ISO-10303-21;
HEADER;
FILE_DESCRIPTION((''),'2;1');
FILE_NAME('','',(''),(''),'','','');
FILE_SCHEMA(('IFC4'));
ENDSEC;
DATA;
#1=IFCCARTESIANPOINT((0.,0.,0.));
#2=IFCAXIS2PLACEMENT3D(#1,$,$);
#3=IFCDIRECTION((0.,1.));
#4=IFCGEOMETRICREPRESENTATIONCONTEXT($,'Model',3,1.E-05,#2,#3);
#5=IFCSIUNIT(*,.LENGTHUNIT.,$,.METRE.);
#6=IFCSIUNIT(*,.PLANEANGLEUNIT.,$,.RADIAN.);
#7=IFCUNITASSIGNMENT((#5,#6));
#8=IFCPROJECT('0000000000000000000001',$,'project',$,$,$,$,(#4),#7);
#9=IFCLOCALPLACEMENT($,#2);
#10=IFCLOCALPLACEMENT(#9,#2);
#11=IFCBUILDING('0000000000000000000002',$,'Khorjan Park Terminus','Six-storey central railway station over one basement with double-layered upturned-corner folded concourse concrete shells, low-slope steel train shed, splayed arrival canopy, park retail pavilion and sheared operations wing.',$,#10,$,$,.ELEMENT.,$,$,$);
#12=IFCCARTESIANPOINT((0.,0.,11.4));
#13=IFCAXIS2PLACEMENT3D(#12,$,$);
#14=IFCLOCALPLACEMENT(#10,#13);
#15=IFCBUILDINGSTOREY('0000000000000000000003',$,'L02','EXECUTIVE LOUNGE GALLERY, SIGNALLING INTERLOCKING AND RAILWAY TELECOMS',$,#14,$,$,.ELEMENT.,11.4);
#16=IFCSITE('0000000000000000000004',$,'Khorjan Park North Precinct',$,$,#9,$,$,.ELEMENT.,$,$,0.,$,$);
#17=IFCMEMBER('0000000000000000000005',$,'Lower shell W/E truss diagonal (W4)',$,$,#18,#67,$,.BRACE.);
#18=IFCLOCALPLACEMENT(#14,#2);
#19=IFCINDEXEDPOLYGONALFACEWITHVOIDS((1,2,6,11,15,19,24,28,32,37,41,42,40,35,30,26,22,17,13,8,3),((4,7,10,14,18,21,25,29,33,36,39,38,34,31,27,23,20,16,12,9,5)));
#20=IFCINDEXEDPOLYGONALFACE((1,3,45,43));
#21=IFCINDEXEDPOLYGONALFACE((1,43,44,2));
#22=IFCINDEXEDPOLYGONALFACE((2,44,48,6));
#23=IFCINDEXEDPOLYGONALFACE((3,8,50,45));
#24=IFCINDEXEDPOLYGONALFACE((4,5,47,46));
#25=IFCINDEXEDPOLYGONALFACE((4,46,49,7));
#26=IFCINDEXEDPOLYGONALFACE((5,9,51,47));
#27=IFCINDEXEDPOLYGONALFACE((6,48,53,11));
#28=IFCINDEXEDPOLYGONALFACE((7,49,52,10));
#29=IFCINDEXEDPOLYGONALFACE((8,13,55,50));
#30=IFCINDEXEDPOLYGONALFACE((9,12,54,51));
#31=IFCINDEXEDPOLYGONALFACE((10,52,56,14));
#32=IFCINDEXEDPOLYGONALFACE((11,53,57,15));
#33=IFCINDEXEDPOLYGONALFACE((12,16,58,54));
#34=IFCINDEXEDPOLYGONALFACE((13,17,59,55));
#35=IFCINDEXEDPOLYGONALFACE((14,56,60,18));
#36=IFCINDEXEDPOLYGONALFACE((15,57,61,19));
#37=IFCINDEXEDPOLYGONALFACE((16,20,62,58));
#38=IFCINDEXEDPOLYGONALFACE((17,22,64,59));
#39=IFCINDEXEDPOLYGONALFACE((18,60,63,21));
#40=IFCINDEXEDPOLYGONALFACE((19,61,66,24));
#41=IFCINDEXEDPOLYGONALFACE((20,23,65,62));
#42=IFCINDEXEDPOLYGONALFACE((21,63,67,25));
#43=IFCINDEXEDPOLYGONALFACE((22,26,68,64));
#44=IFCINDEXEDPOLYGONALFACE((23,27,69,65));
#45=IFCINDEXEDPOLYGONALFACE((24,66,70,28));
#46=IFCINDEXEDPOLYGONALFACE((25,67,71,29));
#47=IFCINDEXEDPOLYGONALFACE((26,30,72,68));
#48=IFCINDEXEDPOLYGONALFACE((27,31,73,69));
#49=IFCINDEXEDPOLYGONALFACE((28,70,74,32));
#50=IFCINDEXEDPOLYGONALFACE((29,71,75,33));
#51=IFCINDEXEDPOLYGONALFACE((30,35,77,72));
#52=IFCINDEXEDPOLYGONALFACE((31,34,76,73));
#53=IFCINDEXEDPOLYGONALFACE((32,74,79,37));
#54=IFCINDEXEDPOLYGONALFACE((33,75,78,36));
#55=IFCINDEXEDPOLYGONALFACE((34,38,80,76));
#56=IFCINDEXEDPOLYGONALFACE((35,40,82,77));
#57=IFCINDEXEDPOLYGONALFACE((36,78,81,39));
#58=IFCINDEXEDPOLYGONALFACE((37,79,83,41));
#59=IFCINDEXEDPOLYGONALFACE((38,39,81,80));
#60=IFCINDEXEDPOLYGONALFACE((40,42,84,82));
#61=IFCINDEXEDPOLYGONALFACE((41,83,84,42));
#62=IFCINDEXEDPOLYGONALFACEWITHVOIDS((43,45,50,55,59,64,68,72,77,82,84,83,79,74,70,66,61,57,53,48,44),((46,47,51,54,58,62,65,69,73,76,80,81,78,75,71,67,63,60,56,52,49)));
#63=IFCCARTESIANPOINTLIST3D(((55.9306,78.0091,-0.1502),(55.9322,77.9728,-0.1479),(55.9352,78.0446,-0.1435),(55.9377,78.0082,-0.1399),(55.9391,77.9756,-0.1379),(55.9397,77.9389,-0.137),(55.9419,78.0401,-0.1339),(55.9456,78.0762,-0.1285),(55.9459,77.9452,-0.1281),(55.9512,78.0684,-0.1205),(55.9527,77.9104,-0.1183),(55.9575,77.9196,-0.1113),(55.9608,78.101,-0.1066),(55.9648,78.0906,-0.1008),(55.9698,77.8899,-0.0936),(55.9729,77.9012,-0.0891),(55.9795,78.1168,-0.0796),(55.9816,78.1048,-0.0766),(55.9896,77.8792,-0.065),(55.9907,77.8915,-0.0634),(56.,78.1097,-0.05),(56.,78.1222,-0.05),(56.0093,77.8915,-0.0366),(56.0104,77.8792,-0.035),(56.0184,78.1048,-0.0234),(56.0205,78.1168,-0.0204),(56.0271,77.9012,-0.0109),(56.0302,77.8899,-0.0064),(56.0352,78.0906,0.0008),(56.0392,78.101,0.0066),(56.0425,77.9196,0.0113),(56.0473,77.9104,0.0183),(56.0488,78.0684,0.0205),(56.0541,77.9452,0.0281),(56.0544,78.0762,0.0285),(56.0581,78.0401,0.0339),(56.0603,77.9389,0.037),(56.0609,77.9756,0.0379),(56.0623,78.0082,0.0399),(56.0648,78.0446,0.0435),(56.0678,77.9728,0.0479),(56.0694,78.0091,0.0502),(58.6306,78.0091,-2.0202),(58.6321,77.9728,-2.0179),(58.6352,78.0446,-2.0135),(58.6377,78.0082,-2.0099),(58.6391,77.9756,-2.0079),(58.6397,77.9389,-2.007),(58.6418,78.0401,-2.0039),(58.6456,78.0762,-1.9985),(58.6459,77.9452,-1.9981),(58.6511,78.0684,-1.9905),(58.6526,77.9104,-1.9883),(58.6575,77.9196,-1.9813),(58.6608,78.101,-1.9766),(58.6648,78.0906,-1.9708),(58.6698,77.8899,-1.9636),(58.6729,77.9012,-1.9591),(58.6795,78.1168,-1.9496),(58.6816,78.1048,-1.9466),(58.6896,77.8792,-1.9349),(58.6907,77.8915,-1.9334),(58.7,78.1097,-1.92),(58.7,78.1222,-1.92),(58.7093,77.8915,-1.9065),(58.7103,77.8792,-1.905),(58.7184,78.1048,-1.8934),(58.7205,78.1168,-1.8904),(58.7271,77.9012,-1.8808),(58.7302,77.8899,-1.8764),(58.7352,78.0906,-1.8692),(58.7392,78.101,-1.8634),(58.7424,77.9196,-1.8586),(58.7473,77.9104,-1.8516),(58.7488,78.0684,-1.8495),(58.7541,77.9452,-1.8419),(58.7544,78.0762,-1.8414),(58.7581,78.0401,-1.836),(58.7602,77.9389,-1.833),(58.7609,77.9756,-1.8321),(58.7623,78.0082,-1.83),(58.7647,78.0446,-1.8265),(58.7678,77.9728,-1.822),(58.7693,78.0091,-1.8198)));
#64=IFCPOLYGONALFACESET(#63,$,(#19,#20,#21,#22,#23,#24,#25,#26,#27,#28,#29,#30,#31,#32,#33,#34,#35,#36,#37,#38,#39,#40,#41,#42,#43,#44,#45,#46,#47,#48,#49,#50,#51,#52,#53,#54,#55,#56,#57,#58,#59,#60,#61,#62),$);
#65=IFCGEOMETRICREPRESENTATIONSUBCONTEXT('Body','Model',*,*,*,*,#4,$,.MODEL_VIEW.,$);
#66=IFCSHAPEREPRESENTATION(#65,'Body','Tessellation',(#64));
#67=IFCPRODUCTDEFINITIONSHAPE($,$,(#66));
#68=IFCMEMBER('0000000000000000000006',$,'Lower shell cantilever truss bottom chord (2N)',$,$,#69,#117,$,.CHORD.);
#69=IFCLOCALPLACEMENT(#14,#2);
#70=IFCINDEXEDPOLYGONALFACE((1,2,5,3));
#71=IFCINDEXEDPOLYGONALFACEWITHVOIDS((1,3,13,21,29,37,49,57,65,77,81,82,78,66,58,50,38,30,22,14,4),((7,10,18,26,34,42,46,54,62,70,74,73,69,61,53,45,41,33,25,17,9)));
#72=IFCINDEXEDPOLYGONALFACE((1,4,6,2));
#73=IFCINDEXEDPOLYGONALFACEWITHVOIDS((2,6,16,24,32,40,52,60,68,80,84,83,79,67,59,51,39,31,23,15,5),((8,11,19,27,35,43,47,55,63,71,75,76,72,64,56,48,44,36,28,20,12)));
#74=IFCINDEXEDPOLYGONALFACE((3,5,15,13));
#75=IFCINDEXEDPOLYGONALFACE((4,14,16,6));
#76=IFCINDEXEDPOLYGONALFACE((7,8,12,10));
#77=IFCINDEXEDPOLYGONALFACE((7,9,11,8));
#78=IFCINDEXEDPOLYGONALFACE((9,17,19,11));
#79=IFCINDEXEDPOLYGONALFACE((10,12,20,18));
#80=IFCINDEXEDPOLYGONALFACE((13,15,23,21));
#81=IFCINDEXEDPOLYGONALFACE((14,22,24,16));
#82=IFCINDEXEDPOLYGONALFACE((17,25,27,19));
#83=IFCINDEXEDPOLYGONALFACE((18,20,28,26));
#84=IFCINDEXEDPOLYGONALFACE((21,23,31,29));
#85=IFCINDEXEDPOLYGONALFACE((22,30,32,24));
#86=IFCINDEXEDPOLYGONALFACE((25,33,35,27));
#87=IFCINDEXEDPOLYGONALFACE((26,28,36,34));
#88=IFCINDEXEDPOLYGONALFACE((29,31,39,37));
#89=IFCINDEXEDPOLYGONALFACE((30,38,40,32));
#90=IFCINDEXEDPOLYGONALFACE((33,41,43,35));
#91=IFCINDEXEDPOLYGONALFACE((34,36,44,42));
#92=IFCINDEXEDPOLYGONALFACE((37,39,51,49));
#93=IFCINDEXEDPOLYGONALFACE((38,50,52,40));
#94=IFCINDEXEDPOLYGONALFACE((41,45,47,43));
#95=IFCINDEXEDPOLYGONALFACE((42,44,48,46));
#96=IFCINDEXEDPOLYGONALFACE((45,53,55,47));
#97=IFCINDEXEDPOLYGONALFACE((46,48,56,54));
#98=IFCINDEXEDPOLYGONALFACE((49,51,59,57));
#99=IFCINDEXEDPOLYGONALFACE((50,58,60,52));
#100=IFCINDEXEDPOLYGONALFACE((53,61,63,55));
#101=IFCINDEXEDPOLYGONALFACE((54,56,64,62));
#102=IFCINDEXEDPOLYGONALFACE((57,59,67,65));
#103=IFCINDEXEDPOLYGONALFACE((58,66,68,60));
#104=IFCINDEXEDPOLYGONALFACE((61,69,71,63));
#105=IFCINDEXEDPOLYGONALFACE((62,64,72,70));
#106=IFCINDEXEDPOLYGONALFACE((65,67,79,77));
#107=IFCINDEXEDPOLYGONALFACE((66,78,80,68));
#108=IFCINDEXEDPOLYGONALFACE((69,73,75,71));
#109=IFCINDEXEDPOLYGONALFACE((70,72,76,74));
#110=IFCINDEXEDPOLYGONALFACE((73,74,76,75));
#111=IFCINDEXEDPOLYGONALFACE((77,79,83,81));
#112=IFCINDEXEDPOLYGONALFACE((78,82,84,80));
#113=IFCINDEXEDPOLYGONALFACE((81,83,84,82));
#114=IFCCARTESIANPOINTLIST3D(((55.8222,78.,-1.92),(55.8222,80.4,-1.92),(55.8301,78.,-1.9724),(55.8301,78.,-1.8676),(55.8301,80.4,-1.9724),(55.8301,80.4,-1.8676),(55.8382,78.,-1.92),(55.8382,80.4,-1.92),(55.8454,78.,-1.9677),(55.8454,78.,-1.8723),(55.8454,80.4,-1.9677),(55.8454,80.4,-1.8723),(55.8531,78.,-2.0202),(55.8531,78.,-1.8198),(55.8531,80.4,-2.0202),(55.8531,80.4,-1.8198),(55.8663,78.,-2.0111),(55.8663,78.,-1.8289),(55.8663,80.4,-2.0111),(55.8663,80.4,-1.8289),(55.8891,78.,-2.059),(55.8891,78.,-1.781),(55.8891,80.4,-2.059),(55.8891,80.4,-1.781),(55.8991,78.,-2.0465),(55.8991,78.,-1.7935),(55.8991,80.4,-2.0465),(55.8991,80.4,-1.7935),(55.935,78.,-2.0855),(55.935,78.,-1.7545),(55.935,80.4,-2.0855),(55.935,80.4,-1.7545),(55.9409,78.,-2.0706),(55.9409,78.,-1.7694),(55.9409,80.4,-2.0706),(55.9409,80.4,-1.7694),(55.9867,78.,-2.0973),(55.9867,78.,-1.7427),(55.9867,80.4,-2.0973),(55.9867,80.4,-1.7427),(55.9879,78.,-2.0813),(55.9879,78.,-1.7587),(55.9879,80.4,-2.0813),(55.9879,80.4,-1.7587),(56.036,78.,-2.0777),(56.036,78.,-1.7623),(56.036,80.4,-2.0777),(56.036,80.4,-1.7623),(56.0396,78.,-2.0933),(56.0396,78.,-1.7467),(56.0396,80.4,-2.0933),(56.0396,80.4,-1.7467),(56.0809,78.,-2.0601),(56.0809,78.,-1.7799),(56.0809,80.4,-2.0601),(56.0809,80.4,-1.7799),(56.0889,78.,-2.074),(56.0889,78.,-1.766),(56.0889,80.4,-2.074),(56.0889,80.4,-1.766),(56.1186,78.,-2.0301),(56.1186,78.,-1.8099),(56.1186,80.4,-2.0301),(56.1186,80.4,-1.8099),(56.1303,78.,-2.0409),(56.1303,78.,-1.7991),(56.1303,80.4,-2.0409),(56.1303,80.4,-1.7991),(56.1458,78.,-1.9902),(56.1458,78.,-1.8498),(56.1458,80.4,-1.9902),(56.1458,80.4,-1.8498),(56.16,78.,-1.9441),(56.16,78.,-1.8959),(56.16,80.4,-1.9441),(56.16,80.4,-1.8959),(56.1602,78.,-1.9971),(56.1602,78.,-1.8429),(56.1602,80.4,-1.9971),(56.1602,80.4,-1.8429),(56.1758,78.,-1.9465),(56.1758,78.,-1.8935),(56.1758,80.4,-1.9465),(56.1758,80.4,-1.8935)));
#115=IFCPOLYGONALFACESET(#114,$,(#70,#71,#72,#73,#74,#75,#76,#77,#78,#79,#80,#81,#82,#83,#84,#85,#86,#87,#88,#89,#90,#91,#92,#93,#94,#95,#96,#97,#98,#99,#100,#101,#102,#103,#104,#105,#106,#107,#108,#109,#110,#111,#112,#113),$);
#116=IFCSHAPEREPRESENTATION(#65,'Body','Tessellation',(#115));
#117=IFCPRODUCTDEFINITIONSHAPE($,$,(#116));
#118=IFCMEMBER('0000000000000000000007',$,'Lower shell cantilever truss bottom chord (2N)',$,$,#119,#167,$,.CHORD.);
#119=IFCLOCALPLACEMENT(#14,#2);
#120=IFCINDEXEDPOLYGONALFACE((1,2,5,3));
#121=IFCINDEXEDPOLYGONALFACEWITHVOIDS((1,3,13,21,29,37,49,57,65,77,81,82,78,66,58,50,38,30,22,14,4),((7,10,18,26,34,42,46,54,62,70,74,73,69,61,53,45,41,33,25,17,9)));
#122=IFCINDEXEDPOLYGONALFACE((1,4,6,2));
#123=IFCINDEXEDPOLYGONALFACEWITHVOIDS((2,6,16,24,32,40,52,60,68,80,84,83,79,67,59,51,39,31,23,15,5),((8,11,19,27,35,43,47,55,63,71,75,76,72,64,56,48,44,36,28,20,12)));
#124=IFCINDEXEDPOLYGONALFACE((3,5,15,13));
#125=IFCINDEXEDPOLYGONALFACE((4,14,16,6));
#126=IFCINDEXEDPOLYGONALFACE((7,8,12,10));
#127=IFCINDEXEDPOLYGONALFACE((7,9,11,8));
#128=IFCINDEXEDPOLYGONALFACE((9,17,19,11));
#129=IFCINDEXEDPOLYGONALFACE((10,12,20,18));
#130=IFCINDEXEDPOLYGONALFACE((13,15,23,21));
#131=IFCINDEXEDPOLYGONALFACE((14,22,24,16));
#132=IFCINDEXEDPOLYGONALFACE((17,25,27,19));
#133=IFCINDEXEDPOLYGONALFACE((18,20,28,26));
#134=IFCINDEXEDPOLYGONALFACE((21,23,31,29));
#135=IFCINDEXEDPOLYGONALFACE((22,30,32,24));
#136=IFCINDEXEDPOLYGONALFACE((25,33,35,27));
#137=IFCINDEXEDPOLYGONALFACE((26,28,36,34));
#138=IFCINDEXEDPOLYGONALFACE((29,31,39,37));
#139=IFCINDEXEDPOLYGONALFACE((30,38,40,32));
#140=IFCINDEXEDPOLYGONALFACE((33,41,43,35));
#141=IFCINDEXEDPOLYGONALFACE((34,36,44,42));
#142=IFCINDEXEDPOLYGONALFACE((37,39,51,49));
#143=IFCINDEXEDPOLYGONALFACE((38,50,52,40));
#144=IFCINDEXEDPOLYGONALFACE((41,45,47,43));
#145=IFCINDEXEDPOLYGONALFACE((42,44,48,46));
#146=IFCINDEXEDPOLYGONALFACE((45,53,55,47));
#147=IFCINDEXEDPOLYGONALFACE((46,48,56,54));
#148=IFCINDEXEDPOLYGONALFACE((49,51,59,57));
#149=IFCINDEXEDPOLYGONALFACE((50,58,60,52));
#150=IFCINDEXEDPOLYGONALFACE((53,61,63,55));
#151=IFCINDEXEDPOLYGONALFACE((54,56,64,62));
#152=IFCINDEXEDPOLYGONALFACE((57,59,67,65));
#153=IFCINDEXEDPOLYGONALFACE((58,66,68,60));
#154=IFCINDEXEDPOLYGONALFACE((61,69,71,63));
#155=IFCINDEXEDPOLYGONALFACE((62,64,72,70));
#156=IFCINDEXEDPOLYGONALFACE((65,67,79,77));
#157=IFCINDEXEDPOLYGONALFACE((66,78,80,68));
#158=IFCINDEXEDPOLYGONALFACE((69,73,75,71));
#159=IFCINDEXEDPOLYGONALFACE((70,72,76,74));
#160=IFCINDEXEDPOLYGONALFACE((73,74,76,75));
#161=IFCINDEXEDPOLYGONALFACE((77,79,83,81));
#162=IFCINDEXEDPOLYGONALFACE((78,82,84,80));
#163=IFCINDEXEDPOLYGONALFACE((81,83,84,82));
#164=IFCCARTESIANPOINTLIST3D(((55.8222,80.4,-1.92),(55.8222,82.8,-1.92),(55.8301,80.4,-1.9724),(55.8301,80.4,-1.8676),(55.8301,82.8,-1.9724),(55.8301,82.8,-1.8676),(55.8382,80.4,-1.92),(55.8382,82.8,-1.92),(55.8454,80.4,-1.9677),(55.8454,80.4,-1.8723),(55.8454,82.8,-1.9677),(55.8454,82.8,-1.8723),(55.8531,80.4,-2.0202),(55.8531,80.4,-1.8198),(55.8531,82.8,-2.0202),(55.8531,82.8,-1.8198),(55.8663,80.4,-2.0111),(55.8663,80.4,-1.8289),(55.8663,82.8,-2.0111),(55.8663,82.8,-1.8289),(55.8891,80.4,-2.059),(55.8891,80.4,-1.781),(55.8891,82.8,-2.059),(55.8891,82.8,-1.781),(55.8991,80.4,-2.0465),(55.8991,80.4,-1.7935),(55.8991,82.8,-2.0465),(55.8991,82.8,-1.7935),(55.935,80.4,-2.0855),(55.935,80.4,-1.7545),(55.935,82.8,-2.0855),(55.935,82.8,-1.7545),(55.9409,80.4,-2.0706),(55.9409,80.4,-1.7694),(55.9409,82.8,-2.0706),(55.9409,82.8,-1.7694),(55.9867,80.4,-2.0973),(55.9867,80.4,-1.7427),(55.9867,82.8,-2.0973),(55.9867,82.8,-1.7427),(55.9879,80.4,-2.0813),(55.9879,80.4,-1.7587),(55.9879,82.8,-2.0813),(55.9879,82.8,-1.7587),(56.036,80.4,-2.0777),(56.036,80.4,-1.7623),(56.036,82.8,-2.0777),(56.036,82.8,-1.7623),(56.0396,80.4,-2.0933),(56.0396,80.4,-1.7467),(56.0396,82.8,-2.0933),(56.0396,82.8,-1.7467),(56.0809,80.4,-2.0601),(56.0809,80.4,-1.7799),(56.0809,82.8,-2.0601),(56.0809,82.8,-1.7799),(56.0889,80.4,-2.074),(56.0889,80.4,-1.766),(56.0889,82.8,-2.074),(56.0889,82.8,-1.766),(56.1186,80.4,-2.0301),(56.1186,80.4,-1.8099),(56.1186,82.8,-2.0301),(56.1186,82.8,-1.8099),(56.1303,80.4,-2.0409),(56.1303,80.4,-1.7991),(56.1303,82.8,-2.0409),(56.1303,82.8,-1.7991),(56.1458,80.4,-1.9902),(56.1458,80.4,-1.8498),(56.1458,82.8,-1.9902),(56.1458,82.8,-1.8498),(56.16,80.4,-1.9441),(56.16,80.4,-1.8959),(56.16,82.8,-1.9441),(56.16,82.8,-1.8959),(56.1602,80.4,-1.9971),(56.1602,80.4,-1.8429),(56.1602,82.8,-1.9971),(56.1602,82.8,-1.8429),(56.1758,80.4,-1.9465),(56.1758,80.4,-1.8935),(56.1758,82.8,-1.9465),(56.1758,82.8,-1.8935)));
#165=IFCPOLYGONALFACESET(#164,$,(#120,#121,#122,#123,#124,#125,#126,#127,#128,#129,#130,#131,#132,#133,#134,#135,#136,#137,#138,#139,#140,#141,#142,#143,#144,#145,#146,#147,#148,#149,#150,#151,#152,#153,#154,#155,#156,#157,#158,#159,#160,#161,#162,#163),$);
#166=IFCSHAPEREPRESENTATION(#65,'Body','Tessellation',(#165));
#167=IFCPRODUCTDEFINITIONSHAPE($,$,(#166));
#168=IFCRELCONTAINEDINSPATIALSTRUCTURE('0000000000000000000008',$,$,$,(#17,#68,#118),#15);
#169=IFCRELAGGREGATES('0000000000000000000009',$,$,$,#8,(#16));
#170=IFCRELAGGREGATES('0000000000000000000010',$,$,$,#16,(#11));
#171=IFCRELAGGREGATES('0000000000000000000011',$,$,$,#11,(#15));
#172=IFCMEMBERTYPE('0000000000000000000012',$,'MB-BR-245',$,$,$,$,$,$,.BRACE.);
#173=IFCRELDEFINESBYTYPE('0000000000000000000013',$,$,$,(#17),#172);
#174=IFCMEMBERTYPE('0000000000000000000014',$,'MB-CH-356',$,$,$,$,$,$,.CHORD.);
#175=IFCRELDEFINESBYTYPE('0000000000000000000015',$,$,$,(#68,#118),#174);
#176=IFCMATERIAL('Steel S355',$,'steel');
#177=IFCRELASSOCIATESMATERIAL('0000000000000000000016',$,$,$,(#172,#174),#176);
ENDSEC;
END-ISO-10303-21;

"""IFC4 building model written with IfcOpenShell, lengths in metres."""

from ifc_helpers import new_model, si_unit, direction, frame, origin, origin_2d, place, context, subcontext, project, spatial, hollow_circle, extrude, material, material_profile, profile_set, type_object, element, save


model = new_model("IFC4")

# Units and contexts
model_context = context("Model", 3, precision=1e-05, world=origin(), true_north=direction((0.0, 1.0)))
body_context = subcontext(model_context, "Body", "Model", "MODEL_VIEW")
ifc_project = project(units=[si_unit("LENGTHUNIT", "METRE"), si_unit("PLANEANGLEUNIT", "RADIAN")], contexts=[model_context])

# Site, building, storey
site_placement = place(None, origin())
site = spatial("IfcSite", under=ifc_project, at=site_placement, Name="Khorjan Park North Precinct", CompositionType="ELEMENT", RefElevation=0.0)
building_placement = place(site_placement, origin())
building = spatial("IfcBuilding", under=site, at=building_placement, Name="Khorjan Park Terminus", Description="Six-storey central railway station over one basement with double-layered upturned-corner folded concourse concrete shells, low-slope steel train shed, splayed arrival canopy, park retail pavilion and sheared operations wing.", CompositionType="ELEMENT")
storey_placement = place(building_placement, frame((0.0, 0.0, 11.4)))
storey = spatial("IfcBuildingStorey", under=building, at=storey_placement, Name="L02", Description="EXECUTIVE LOUNGE GALLERY, SIGNALLING INTERLOCKING AND RAILWAY TELECOMS", CompositionType="ELEMENT", Elevation=11.4)

# Members
ifc_material_1 = material(Name="Steel S355", Category="steel")
ifc_material_profile_1 = material_profile(ifc_material_1, hollow_circle(Radius=0.1222, WallThickness=0.0125, at=origin_2d()), Name="CHS 244.5x12.5")
ifc_profile_set_1 = profile_set([ifc_material_profile_1], Name="Steel S355")
member_type_1 = type_object("IfcMemberType", Name="MB-BR-245", PredefinedType="BRACE", material=ifc_profile_set_1)
for number, where, z_axis, x_axis, name in (
    (1, (56.0, 78.0, -0.05), (0.822083, 0.0, -0.569368), (0.0, 1.0, 0.0), "Lower shell W/E truss diagonal (W4)"),
):
    element("IfcMember", number, at=place(storey_placement, frame(where, z_axis=z_axis, x_axis=x_axis)), inside=storey, type_object=member_type_1, Name=name, PredefinedType="BRACE", context=body_context, shape_type="SweptSolid", body=[
        extrude(hollow_circle(Radius=0.1222, WallThickness=0.0125, at=origin_2d()), origin(), (0.0, 0.0, 1.0), 3.2843),
    ])
ifc_material_profile_2 = material_profile(ifc_material_1, hollow_circle(Radius=0.1778, WallThickness=0.016, at=origin_2d()), Name="CHS 355.6x16")
ifc_profile_set_2 = profile_set([ifc_material_profile_2], Name="Steel S355")
member_type_2 = type_object("IfcMemberType", Name="MB-CH-356", PredefinedType="CHORD", material=ifc_profile_set_2)
for number, where, z_axis, x_axis, name in (
    (2, (56.0, 78.0, -1.92), (0.0, 1.0, 0.0), (-1.0, 0.0, 0.0), "Lower shell cantilever truss bottom chord (2N)"),
    (3, (56.0, 80.4, -1.92), (0.0, 1.0, 0.0), (-1.0, 0.0, 0.0), "Lower shell cantilever truss bottom chord (2N)"),
):
    element("IfcMember", number, at=place(storey_placement, frame(where, z_axis=z_axis, x_axis=x_axis)), inside=storey, type_object=member_type_2, Name=name, PredefinedType="CHORD", context=body_context, shape_type="SweptSolid", body=[
        extrude(hollow_circle(Radius=0.1778, WallThickness=0.016, at=origin_2d()), origin(), (0.0, 0.0, 1.0), 2.4),
    ])

save(model, "model.ifc")
